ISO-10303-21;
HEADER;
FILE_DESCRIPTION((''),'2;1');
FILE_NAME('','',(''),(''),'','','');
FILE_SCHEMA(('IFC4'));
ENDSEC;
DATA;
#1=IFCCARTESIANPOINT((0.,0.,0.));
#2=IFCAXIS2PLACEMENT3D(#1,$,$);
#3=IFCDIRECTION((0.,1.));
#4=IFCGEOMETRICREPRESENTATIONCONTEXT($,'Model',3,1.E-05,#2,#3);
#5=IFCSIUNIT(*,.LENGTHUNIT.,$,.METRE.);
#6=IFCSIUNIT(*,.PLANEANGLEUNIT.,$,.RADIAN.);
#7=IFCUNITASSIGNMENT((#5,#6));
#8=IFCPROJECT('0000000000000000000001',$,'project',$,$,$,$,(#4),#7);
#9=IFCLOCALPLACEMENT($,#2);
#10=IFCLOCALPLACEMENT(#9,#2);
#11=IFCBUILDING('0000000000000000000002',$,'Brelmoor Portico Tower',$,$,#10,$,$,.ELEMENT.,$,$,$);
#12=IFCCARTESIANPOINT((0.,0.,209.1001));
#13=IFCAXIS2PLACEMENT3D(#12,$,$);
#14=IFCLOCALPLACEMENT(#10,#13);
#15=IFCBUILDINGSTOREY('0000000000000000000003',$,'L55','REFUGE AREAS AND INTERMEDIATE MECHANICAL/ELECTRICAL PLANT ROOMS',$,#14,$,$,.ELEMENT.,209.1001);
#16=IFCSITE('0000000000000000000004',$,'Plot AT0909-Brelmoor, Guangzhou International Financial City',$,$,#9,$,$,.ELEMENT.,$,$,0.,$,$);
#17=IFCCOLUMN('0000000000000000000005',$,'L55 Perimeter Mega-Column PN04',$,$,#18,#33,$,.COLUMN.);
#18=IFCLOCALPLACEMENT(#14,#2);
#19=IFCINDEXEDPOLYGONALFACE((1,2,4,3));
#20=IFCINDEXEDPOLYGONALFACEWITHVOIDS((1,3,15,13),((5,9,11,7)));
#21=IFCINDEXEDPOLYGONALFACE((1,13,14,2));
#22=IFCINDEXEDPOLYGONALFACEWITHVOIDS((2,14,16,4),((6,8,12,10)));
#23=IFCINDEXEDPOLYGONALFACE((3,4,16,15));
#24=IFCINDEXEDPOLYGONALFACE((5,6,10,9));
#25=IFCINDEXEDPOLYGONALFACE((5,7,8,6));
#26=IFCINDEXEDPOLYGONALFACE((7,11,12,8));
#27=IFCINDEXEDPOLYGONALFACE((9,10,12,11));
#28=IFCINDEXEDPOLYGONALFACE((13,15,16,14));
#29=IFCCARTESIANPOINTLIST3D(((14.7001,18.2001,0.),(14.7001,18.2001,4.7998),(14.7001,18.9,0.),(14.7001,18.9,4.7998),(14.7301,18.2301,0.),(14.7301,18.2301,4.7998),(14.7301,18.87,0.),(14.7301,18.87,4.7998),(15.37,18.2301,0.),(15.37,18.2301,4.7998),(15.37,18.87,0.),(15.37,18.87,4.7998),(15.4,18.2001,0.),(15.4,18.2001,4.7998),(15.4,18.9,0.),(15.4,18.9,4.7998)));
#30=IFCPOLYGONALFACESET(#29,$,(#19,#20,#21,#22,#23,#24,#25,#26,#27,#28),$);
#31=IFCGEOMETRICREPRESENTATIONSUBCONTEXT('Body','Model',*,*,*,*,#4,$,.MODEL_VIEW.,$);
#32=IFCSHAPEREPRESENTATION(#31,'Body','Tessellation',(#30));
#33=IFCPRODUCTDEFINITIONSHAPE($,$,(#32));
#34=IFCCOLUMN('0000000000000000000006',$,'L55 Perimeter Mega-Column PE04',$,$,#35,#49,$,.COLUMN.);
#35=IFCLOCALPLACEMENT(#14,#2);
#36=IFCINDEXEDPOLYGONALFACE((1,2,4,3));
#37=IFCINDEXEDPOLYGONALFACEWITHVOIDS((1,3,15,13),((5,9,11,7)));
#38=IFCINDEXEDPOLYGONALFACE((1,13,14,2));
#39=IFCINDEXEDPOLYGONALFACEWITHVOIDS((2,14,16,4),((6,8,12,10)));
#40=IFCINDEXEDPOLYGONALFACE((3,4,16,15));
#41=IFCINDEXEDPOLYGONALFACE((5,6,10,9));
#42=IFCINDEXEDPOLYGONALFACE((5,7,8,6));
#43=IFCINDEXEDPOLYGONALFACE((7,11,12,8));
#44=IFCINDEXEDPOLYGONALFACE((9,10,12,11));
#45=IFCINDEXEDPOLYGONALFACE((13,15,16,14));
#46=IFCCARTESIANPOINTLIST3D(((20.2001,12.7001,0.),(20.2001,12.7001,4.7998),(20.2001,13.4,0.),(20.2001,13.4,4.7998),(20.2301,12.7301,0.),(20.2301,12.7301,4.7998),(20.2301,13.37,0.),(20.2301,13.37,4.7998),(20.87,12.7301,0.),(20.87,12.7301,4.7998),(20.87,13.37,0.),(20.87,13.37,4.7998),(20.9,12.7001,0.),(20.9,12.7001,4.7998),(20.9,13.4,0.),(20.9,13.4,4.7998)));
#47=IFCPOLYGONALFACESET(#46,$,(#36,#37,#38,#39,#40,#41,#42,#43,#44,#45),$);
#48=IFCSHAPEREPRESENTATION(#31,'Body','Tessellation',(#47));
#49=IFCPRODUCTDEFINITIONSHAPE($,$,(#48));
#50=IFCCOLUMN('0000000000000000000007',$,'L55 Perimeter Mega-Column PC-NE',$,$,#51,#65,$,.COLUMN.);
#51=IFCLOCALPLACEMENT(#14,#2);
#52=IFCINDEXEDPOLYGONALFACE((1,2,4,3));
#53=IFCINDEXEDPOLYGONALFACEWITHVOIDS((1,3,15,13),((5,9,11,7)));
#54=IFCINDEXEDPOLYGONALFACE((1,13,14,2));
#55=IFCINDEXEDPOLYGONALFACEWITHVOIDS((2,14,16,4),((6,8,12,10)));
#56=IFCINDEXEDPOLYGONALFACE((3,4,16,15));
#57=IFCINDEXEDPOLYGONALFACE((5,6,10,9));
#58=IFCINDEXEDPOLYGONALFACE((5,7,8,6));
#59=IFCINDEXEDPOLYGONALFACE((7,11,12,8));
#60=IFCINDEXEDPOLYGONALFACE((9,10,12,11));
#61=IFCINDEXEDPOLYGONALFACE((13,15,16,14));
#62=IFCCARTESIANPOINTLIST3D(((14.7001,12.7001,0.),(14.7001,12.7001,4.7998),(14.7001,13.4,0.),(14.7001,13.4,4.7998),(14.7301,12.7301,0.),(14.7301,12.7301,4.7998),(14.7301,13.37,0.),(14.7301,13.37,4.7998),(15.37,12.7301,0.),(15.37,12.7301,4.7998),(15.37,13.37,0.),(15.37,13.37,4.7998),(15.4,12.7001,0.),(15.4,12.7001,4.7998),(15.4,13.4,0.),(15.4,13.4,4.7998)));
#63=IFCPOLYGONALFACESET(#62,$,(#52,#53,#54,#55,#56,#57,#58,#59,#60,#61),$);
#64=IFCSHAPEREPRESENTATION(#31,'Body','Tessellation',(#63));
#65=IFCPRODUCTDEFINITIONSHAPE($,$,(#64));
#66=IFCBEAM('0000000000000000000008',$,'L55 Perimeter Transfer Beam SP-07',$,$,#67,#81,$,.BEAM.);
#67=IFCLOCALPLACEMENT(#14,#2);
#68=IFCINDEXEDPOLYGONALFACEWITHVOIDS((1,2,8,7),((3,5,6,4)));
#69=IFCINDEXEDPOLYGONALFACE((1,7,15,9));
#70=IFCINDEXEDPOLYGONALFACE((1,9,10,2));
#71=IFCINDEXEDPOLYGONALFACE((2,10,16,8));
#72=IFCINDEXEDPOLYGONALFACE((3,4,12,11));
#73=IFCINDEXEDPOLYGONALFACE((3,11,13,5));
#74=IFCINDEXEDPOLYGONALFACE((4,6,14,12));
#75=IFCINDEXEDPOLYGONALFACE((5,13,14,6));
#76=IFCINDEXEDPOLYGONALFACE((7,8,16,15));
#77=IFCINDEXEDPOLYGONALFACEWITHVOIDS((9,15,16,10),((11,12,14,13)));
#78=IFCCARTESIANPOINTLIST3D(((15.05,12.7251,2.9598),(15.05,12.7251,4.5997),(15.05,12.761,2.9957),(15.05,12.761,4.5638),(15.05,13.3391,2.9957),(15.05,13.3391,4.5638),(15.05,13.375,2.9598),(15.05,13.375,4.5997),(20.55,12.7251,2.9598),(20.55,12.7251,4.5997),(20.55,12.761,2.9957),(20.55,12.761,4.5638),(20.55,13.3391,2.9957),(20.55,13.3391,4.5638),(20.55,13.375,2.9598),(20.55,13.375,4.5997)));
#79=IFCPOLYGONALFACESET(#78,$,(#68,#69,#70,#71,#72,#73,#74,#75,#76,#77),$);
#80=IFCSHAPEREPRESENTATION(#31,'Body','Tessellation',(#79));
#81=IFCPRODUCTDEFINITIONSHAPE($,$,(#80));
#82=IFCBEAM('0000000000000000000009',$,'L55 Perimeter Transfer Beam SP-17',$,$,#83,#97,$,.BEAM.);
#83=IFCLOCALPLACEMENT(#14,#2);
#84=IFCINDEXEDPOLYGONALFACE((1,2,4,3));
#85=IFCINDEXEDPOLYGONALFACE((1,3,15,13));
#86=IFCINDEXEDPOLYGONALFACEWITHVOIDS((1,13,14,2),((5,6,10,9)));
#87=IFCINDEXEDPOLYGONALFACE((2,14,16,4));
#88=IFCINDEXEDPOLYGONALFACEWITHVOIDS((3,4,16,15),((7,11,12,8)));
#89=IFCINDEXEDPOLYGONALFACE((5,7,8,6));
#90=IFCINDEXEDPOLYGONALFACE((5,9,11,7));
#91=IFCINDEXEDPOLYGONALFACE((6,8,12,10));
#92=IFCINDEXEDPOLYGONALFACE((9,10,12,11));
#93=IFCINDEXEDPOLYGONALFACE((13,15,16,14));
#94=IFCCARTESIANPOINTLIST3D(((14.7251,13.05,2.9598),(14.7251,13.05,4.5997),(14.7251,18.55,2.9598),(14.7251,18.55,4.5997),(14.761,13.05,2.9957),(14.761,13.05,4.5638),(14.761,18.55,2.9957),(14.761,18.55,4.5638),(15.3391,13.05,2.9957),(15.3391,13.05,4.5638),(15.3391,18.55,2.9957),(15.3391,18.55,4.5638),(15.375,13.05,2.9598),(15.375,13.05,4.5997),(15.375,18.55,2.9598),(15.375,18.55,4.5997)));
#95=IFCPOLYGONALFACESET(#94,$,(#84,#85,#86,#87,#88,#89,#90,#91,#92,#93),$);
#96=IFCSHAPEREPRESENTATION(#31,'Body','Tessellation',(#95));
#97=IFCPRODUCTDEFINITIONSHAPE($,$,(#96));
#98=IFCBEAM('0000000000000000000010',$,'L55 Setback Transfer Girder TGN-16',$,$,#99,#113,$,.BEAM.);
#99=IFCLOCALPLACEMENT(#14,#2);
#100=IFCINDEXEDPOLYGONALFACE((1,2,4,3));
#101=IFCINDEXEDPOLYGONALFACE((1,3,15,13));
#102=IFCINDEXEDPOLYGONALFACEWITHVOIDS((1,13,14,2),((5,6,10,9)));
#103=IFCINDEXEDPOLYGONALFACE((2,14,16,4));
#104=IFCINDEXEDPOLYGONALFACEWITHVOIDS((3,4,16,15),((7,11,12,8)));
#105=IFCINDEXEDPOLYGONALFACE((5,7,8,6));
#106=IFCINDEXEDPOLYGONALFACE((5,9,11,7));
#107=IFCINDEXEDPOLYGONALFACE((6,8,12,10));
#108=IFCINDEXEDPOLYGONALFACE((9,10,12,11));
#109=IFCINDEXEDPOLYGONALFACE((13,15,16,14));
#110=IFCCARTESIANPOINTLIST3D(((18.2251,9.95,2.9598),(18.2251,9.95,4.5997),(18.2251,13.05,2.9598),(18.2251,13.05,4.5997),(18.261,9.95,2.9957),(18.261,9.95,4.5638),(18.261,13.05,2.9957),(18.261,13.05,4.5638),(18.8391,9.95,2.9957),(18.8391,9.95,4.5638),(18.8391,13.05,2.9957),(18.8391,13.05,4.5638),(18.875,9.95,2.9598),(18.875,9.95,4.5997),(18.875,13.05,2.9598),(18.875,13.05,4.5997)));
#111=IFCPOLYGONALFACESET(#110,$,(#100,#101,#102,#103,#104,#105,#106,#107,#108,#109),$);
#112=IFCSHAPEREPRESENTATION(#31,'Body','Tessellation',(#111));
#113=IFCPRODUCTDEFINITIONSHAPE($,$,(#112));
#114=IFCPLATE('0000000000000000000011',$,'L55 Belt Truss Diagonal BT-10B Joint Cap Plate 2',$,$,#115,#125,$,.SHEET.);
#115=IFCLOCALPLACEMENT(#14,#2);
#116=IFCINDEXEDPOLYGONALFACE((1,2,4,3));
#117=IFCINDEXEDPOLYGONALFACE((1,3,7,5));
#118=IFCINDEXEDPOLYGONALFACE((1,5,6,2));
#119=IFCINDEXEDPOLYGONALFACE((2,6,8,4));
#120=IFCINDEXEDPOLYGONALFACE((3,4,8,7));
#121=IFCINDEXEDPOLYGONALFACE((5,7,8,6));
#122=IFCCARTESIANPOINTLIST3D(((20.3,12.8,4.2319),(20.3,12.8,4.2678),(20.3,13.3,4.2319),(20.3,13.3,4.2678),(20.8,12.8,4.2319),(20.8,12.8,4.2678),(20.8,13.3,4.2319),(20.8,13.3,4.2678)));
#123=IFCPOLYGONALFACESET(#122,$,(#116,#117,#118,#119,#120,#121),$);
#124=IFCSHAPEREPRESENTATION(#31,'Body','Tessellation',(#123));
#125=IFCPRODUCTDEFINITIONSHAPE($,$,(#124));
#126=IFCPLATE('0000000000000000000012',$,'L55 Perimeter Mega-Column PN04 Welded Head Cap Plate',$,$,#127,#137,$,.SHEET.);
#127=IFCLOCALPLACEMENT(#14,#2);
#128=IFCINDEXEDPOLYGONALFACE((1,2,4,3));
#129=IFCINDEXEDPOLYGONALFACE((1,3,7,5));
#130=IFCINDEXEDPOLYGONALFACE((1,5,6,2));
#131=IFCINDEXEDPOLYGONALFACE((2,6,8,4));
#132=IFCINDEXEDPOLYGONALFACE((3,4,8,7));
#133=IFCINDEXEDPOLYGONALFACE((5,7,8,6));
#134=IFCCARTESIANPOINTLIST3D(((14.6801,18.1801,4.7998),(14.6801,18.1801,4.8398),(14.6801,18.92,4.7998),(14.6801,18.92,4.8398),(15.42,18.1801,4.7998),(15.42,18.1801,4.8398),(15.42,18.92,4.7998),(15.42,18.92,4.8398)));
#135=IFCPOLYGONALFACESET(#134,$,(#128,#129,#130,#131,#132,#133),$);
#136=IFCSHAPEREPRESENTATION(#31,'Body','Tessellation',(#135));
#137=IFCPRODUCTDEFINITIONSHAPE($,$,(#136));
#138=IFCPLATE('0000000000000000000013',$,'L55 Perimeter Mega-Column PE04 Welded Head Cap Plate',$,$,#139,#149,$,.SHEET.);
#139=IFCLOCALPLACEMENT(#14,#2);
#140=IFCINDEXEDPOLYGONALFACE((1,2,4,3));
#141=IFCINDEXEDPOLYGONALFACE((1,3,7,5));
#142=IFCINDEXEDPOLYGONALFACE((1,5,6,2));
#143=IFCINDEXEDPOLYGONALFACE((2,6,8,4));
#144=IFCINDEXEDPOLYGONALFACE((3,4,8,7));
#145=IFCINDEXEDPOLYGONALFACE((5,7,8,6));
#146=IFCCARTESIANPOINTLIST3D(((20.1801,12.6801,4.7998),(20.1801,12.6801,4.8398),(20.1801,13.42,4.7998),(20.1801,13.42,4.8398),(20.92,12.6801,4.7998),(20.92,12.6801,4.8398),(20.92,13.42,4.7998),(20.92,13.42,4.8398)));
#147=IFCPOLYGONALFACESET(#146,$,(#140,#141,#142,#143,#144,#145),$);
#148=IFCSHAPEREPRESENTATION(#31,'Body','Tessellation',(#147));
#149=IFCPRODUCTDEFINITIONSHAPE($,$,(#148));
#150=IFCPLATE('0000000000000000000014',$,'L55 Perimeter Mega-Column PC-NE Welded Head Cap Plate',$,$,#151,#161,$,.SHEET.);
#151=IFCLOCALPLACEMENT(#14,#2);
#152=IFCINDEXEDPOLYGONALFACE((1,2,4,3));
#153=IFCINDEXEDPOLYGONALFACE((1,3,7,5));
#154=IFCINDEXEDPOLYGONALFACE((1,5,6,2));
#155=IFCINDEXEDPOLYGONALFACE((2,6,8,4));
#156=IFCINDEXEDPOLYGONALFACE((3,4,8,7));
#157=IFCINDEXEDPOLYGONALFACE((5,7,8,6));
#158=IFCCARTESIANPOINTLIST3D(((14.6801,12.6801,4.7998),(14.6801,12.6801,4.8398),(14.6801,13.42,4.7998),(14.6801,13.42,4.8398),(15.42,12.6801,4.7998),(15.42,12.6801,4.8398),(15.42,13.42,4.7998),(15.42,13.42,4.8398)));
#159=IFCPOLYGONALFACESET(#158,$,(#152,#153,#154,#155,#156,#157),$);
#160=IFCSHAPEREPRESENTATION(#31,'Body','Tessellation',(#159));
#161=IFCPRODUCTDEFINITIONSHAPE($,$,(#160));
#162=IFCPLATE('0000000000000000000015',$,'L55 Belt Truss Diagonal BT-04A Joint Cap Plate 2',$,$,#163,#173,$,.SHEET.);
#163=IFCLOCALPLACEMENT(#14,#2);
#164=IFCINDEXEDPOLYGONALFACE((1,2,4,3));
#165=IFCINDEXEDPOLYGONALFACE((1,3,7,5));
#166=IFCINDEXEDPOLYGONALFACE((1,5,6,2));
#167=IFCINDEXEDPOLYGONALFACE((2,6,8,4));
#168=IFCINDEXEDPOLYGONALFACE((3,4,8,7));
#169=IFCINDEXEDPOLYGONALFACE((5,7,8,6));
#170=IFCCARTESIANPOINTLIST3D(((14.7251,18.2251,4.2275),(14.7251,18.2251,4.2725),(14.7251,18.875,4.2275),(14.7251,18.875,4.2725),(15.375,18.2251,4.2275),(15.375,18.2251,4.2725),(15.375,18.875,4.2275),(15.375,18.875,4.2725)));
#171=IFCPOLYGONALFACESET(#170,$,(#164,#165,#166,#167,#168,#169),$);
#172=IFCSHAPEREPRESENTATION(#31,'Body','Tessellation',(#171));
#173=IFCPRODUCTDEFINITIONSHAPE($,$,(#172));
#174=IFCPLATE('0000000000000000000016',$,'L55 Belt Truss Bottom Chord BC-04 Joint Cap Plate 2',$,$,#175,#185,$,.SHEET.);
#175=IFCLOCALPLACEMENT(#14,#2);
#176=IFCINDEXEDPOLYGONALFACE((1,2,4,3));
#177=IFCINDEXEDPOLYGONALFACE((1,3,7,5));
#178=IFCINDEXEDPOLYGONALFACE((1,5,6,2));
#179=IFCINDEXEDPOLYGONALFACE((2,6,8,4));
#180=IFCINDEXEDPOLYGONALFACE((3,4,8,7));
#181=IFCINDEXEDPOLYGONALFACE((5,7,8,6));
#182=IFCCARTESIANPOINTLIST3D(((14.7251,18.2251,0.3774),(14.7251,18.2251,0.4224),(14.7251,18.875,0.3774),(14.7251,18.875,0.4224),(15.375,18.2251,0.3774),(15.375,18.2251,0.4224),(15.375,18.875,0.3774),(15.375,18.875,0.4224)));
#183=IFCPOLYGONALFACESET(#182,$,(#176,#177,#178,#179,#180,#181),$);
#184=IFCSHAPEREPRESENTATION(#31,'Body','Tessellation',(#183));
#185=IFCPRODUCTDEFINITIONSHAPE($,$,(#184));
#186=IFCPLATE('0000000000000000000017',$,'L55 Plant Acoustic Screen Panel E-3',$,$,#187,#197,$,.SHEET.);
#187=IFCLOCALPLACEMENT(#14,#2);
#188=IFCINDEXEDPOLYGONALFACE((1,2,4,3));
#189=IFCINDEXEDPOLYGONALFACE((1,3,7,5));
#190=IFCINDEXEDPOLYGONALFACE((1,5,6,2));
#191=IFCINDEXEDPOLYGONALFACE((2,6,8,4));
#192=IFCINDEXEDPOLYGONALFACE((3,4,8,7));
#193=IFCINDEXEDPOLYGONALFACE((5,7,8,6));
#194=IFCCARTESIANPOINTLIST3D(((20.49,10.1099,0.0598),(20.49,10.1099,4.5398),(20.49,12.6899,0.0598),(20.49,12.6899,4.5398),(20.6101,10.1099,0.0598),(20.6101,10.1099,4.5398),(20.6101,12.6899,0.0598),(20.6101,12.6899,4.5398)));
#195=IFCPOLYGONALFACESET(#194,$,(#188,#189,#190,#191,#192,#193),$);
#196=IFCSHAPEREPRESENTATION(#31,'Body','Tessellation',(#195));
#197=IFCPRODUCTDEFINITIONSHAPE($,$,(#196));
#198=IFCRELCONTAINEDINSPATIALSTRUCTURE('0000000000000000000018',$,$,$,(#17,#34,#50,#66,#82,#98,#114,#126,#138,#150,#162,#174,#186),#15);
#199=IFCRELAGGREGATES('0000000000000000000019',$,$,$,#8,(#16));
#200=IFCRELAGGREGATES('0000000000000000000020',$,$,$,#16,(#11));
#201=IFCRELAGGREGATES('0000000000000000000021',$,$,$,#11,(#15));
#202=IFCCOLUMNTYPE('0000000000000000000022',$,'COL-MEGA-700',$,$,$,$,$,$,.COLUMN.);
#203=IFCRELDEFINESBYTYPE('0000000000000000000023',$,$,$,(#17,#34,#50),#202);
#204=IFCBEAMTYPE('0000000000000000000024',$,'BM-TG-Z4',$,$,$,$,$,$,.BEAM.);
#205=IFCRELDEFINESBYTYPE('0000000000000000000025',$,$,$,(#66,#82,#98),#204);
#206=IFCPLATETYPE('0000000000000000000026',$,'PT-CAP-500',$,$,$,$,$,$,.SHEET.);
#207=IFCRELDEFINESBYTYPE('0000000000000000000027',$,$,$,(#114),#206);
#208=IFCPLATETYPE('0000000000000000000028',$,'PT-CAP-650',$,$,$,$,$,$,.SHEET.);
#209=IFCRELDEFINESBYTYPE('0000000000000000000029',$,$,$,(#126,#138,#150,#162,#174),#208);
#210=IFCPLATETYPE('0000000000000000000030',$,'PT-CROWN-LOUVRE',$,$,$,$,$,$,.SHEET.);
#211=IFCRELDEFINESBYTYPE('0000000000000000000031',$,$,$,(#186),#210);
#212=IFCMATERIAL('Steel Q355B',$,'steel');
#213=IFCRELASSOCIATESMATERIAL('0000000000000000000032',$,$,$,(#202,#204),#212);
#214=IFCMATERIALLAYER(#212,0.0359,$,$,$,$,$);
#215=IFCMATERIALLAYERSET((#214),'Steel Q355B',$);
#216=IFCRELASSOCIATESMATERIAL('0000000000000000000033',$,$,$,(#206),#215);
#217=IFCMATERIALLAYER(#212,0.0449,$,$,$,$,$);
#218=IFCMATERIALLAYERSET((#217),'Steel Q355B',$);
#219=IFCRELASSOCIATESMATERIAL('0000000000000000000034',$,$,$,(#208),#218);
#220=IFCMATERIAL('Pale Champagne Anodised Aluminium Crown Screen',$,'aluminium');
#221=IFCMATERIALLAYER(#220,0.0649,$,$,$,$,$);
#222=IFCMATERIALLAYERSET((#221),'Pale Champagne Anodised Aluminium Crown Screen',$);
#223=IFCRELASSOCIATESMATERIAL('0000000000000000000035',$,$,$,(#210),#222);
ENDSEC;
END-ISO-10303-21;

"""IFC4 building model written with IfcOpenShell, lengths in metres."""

from ifc_helpers import new_model, si_unit, direction, frame, origin, origin_2d, place, context, subcontext, project, spatial, rectangle, hollow_rectangle, extrude, material, layer, layer_set, material_profile, profile_set, type_object, element, save


model = new_model("IFC4")

# Units and contexts
model_context = context("Model", 3, precision=1e-05, world=origin(), true_north=direction((0.0, 1.0)))
body_context = subcontext(model_context, "Body", "Model", "MODEL_VIEW")
ifc_project = project(units=[si_unit("LENGTHUNIT", "METRE"), si_unit("PLANEANGLEUNIT", "RADIAN")], contexts=[model_context])

# Site, building, storey
site_placement = place(None, origin())
site = spatial("IfcSite", under=ifc_project, at=site_placement, Name="Plot AT0909-Brelmoor, Guangzhou International Financial City", CompositionType="ELEMENT", RefElevation=0.0)
building_placement = place(site_placement, origin())
building = spatial("IfcBuilding", under=site, at=building_placement, Name="Brelmoor Portico Tower", CompositionType="ELEMENT")
storey_placement = place(building_placement, frame((0.0, 0.0, 209.1001)))
storey = spatial("IfcBuildingStorey", under=building, at=storey_placement, Name="L55", Description="REFUGE AREAS AND INTERMEDIATE MECHANICAL/ELECTRICAL PLANT ROOMS", CompositionType="ELEMENT", Elevation=209.1001)

# Columns
ifc_material_1 = material(Name="Steel Q355B", Category="steel")
ifc_material_profile_1 = material_profile(ifc_material_1, hollow_rectangle(XDim=0.7, YDim=0.7, WallThickness=0.03, at=origin_2d()), Name="BOX 700x700x30")
ifc_profile_set_1 = profile_set([ifc_material_profile_1], Name="Steel Q355B")
column_type = type_object("IfcColumnType", Name="COL-MEGA-700", PredefinedType="COLUMN", material=ifc_profile_set_1)
for number, where, z_axis, x_axis, name in (
    (1, (15.05, 18.55, 0.0), (0.0, 0.0, 1.0), (1.0, 0.0, 0.0), "L55 Perimeter Mega-Column PN04"),
    (2, (20.55, 13.05, 0.0), (0.0, 0.0, 1.0), (0.0, 1.0, 0.0), "L55 Perimeter Mega-Column PE04"),
    (3, (15.05, 13.05, 0.0), (0.0, 0.0, 1.0), (1.0, 0.0, 0.0), "L55 Perimeter Mega-Column PC-NE"),
):
    element("IfcColumn", number, at=place(storey_placement, frame(where, z_axis=z_axis, x_axis=x_axis)), inside=storey, type_object=column_type, Name=name, PredefinedType="COLUMN", context=body_context, shape_type="SweptSolid", body=[
        extrude(hollow_rectangle(XDim=0.7, YDim=0.7, WallThickness=0.03, at=origin_2d()), origin(), (0.0, 0.0, 1.0), 4.7998),
    ])

# Beams
ifc_material_profile_2 = material_profile(ifc_material_1, hollow_rectangle(XDim=0.6499, YDim=1.6399, WallThickness=0.0359, at=origin_2d()), Name="BOX 650x1640x36")
ifc_profile_set_2 = profile_set([ifc_material_profile_2], Name="Steel Q355B")
beam_type = type_object("IfcBeamType", Name="BM-TG-Z4", PredefinedType="BEAM", material=ifc_profile_set_2)
for number, where, z_axis, x_axis, name in (
    (4, (15.05, 13.05, 3.7798), (1.0, 0.0, 0.0), (0.0, 1.0, 0.0), "L55 Perimeter Transfer Beam SP-07"),
    (5, (15.05, 13.05, 3.7798), (0.0, 1.0, 0.0), (-1.0, 0.0, 0.0), "L55 Perimeter Transfer Beam SP-17"),
):
    element("IfcBeam", number, at=place(storey_placement, frame(where, z_axis=z_axis, x_axis=x_axis)), inside=storey, type_object=beam_type, Name=name, PredefinedType="BEAM", context=body_context, shape_type="SweptSolid", body=[
        extrude(hollow_rectangle(XDim=0.6499, YDim=1.6399, WallThickness=0.0359, at=origin_2d()), origin(), (0.0, 0.0, 1.0), 5.5),
    ])
beam_placement = place(storey_placement, frame((18.55, 9.95, 3.7798), z_axis=(0.0, 1.0, 0.0), x_axis=(-1.0, 0.0, 0.0)))
element("IfcBeam", 6, at=beam_placement, inside=storey, type_object=beam_type, Name="L55 Setback Transfer Girder TGN-16", PredefinedType="BEAM", context=body_context, shape_type="SweptSolid", body=[
    extrude(hollow_rectangle(XDim=0.6499, YDim=1.6399, WallThickness=0.0359, at=origin_2d()), origin(), (0.0, 0.0, 1.0), 3.1001),
])

# Plates
ifc_layer_1 = layer(ifc_material_1, 0.0359)
ifc_layer_set_1 = layer_set([ifc_layer_1], Name="Steel Q355B")
plate_type_1 = type_object("IfcPlateType", Name="PT-CAP-500", PredefinedType="SHEET", material=ifc_layer_set_1)
plate_1_placement = place(storey_placement, frame((20.55, 13.05, 4.2319), z_axis=(0.0, 0.0, 1.0), x_axis=(1.0, 0.0, 0.0)))
element("IfcPlate", 7, at=plate_1_placement, inside=storey, type_object=plate_type_1, Name="L55 Belt Truss Diagonal BT-10B Joint Cap Plate 2", PredefinedType="SHEET", context=body_context, shape_type="SweptSolid", body=[
    extrude(rectangle(XDim=0.5, YDim=0.5, at=origin_2d()), origin(), (0.0, 0.0, 1.0), 0.0359),
])
ifc_layer_2 = layer(ifc_material_1, 0.0449)
ifc_layer_set_2 = layer_set([ifc_layer_2], Name="Steel Q355B")
plate_type_2 = type_object("IfcPlateType", Name="PT-CAP-650", PredefinedType="SHEET", material=ifc_layer_set_2)
for number, where, z_axis, x_axis, name in (
    (8, (15.05, 18.55, 4.7998), (0.0, 0.0, 1.0), (1.0, 0.0, 0.0), "L55 Perimeter Mega-Column PN04 Welded Head Cap Plate"),
    (9, (20.55, 13.05, 4.7998), (0.0, 0.0, 1.0), (0.0, 1.0, 0.0), "L55 Perimeter Mega-Column PE04 Welded Head Cap Plate"),
    (10, (15.05, 13.05, 4.7998), (0.0, 0.0, 1.0), (1.0, 0.0, 0.0), "L55 Perimeter Mega-Column PC-NE Welded Head Cap Plate"),
):
    element("IfcPlate", number, at=place(storey_placement, frame(where, z_axis=z_axis, x_axis=x_axis)), inside=storey, type_object=plate_type_2, Name=name, PredefinedType="SHEET", context=body_context, shape_type="SweptSolid", body=[
        extrude(rectangle(XDim=0.74, YDim=0.74, at=origin_2d()), origin(), (0.0, 0.0, 1.0), 0.04),
    ])
for number, where, z_axis, x_axis, name in (
    (11, (15.05, 18.55, 4.2275), (0.0, 0.0, 1.0), (1.0, 0.0, 0.0), "L55 Belt Truss Diagonal BT-04A Joint Cap Plate 2"),
    (12, (15.05, 18.55, 0.3774), (0.0, 0.0, 1.0), (1.0, 0.0, 0.0), "L55 Belt Truss Bottom Chord BC-04 Joint Cap Plate 2"),
):
    element("IfcPlate", number, at=place(storey_placement, frame(where, z_axis=z_axis, x_axis=x_axis)), inside=storey, type_object=plate_type_2, Name=name, PredefinedType="SHEET", context=body_context, shape_type="SweptSolid", body=[
        extrude(rectangle(XDim=0.6499, YDim=0.6499, at=origin_2d()), origin(), (0.0, 0.0, 1.0), 0.0449),
    ])
ifc_material_2 = material(Name="Pale Champagne Anodised Aluminium Crown Screen", Category="aluminium")
ifc_layer_3 = layer(ifc_material_2, 0.0649)
ifc_layer_set_3 = layer_set([ifc_layer_3], Name="Pale Champagne Anodised Aluminium Crown Screen")
plate_type_3 = type_object("IfcPlateType", Name="PT-CROWN-LOUVRE", PredefinedType="SHEET", material=ifc_layer_set_3)
plate_2_placement = place(storey_placement, frame((20.55, 11.3999, 0.0598), z_axis=(0.0, 0.0, 1.0), x_axis=(0.0, 1.0, 0.0)))
element("IfcPlate", 13, at=plate_2_placement, inside=storey, type_object=plate_type_3, Name="L55 Plant Acoustic Screen Panel E-3", PredefinedType="SHEET", context=body_context, shape_type="SweptSolid", body=[
    extrude(rectangle(XDim=2.5801, YDim=0.1201, at=origin_2d()), origin(), (0.0, 0.0, 1.0), 4.48),
])

save(model, "model.ifc")
